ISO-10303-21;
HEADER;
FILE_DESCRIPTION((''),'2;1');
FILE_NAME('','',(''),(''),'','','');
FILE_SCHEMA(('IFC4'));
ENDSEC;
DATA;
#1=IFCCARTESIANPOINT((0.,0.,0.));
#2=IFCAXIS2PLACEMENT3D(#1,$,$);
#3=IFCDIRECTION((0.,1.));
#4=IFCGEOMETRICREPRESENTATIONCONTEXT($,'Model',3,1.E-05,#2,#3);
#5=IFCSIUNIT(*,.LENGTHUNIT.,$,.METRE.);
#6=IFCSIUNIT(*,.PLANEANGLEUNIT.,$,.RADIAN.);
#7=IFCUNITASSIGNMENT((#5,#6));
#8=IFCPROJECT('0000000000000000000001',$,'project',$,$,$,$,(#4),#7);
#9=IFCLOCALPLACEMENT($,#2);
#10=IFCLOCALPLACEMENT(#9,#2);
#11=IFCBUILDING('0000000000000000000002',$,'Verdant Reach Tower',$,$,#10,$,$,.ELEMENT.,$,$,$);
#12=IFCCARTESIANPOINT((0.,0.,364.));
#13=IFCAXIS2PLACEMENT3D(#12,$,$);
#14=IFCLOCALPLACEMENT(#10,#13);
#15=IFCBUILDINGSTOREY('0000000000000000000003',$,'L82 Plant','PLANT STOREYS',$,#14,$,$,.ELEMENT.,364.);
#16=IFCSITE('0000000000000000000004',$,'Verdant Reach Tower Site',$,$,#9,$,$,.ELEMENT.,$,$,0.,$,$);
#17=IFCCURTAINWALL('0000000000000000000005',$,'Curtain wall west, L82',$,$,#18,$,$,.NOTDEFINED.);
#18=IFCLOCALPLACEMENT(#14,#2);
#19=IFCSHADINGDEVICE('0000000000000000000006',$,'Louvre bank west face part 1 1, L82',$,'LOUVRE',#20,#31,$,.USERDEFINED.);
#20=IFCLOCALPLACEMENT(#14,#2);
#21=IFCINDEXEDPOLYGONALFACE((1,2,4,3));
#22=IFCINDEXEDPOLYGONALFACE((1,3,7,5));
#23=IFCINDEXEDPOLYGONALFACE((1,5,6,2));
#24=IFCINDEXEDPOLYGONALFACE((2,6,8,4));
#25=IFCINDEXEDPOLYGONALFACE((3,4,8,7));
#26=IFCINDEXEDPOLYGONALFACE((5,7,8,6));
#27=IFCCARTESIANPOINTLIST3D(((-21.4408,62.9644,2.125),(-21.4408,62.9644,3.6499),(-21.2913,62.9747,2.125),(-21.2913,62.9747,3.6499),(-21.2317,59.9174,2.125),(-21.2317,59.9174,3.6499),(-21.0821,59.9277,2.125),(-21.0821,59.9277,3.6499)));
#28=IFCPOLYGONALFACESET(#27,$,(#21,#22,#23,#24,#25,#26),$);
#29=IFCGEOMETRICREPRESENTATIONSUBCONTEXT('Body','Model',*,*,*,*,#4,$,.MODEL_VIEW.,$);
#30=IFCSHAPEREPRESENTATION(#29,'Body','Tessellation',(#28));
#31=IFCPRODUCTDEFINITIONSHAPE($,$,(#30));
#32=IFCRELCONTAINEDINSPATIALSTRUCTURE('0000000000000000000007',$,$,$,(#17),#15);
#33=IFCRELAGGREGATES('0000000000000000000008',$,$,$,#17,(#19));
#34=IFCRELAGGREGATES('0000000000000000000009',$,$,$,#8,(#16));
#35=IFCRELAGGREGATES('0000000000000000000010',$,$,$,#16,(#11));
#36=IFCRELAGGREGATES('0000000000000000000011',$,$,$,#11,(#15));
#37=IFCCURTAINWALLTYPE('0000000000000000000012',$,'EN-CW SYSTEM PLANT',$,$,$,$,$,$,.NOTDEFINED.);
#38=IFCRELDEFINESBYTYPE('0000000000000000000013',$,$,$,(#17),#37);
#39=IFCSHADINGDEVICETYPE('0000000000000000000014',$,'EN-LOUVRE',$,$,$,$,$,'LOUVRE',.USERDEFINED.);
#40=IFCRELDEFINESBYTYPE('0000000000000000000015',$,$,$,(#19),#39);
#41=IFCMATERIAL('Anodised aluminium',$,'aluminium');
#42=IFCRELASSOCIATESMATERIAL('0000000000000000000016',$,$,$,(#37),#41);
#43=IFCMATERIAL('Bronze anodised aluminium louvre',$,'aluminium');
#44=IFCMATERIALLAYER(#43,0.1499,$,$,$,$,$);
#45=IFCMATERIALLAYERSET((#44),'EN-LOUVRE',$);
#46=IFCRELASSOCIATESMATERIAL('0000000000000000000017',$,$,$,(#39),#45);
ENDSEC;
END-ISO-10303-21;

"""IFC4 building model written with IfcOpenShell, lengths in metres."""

from ifc_helpers import new_model, si_unit, direction, frame, origin, origin_2d, place, context, subcontext, project, spatial, rectangle, extrude, material, layer, layer_set, type_object, element, aggregate, save


model = new_model("IFC4")

# Units and contexts
model_context = context("Model", 3, precision=1e-05, world=origin(), true_north=direction((0.0, 1.0)))
body_context = subcontext(model_context, "Body", "Model", "MODEL_VIEW")
ifc_project = project(units=[si_unit("LENGTHUNIT", "METRE"), si_unit("PLANEANGLEUNIT", "RADIAN")], contexts=[model_context])

# Site, building, storey
site_placement = place(None, origin())
site = spatial("IfcSite", under=ifc_project, at=site_placement, Name="Verdant Reach Tower Site", CompositionType="ELEMENT", RefElevation=0.0)
building_placement = place(site_placement, origin())
building = spatial("IfcBuilding", under=site, at=building_placement, Name="Verdant Reach Tower", CompositionType="ELEMENT")
storey_placement = place(building_placement, frame((0.0, 0.0, 364.0)))
storey = spatial("IfcBuildingStorey", under=building, at=storey_placement, Name="L82 Plant", Description="PLANT STOREYS", CompositionType="ELEMENT", Elevation=364.0)

# Curtain wall
ifc_material_1 = material(Name="Anodised aluminium", Category="aluminium")
curtain_wall_type = type_object("IfcCurtainWallType", Name="EN-CW SYSTEM PLANT", PredefinedType="NOTDEFINED", material=ifc_material_1)
curtain_wall_1_placement = place(storey_placement, origin())
curtain_wall_1 = element("IfcCurtainWall", 1, at=curtain_wall_1_placement, inside=storey, type_object=curtain_wall_type, Name="Curtain wall west, L82", PredefinedType="NOTDEFINED")

# Shading device
ifc_material_2 = material(Name="Bronze anodised aluminium louvre", Category="aluminium")
ifc_layer_1 = layer(ifc_material_2, 0.1499)
ifc_layer_set_1 = layer_set([ifc_layer_1], Name="EN-LOUVRE")
shading_device_type = type_object("IfcShadingDeviceType", Name="EN-LOUVRE", ElementType="LOUVRE", PredefinedType="USERDEFINED", material=ifc_layer_set_1)
shading_device_1_placement = place(storey_placement, frame((-21.2615, 61.446, 2.125), z_axis=(0.0, 0.0, 1.0), x_axis=(0.068469, -0.997653, 0.0)))
shading_device_1 = element("IfcShadingDevice", 2, at=shading_device_1_placement, type_object=shading_device_type, Name="Louvre bank west face part 1 1, L82", ObjectType="LOUVRE", PredefinedType="USERDEFINED", context=body_context, shape_type="SweptSolid", body=[
    extrude(rectangle(XDim=3.0542, YDim=0.1499, at=origin_2d()), origin(), (0.0, 0.0, 1.0), 1.5249),
])
aggregate(curtain_wall_1, [shading_device_1])

save(model, "model.ifc")
